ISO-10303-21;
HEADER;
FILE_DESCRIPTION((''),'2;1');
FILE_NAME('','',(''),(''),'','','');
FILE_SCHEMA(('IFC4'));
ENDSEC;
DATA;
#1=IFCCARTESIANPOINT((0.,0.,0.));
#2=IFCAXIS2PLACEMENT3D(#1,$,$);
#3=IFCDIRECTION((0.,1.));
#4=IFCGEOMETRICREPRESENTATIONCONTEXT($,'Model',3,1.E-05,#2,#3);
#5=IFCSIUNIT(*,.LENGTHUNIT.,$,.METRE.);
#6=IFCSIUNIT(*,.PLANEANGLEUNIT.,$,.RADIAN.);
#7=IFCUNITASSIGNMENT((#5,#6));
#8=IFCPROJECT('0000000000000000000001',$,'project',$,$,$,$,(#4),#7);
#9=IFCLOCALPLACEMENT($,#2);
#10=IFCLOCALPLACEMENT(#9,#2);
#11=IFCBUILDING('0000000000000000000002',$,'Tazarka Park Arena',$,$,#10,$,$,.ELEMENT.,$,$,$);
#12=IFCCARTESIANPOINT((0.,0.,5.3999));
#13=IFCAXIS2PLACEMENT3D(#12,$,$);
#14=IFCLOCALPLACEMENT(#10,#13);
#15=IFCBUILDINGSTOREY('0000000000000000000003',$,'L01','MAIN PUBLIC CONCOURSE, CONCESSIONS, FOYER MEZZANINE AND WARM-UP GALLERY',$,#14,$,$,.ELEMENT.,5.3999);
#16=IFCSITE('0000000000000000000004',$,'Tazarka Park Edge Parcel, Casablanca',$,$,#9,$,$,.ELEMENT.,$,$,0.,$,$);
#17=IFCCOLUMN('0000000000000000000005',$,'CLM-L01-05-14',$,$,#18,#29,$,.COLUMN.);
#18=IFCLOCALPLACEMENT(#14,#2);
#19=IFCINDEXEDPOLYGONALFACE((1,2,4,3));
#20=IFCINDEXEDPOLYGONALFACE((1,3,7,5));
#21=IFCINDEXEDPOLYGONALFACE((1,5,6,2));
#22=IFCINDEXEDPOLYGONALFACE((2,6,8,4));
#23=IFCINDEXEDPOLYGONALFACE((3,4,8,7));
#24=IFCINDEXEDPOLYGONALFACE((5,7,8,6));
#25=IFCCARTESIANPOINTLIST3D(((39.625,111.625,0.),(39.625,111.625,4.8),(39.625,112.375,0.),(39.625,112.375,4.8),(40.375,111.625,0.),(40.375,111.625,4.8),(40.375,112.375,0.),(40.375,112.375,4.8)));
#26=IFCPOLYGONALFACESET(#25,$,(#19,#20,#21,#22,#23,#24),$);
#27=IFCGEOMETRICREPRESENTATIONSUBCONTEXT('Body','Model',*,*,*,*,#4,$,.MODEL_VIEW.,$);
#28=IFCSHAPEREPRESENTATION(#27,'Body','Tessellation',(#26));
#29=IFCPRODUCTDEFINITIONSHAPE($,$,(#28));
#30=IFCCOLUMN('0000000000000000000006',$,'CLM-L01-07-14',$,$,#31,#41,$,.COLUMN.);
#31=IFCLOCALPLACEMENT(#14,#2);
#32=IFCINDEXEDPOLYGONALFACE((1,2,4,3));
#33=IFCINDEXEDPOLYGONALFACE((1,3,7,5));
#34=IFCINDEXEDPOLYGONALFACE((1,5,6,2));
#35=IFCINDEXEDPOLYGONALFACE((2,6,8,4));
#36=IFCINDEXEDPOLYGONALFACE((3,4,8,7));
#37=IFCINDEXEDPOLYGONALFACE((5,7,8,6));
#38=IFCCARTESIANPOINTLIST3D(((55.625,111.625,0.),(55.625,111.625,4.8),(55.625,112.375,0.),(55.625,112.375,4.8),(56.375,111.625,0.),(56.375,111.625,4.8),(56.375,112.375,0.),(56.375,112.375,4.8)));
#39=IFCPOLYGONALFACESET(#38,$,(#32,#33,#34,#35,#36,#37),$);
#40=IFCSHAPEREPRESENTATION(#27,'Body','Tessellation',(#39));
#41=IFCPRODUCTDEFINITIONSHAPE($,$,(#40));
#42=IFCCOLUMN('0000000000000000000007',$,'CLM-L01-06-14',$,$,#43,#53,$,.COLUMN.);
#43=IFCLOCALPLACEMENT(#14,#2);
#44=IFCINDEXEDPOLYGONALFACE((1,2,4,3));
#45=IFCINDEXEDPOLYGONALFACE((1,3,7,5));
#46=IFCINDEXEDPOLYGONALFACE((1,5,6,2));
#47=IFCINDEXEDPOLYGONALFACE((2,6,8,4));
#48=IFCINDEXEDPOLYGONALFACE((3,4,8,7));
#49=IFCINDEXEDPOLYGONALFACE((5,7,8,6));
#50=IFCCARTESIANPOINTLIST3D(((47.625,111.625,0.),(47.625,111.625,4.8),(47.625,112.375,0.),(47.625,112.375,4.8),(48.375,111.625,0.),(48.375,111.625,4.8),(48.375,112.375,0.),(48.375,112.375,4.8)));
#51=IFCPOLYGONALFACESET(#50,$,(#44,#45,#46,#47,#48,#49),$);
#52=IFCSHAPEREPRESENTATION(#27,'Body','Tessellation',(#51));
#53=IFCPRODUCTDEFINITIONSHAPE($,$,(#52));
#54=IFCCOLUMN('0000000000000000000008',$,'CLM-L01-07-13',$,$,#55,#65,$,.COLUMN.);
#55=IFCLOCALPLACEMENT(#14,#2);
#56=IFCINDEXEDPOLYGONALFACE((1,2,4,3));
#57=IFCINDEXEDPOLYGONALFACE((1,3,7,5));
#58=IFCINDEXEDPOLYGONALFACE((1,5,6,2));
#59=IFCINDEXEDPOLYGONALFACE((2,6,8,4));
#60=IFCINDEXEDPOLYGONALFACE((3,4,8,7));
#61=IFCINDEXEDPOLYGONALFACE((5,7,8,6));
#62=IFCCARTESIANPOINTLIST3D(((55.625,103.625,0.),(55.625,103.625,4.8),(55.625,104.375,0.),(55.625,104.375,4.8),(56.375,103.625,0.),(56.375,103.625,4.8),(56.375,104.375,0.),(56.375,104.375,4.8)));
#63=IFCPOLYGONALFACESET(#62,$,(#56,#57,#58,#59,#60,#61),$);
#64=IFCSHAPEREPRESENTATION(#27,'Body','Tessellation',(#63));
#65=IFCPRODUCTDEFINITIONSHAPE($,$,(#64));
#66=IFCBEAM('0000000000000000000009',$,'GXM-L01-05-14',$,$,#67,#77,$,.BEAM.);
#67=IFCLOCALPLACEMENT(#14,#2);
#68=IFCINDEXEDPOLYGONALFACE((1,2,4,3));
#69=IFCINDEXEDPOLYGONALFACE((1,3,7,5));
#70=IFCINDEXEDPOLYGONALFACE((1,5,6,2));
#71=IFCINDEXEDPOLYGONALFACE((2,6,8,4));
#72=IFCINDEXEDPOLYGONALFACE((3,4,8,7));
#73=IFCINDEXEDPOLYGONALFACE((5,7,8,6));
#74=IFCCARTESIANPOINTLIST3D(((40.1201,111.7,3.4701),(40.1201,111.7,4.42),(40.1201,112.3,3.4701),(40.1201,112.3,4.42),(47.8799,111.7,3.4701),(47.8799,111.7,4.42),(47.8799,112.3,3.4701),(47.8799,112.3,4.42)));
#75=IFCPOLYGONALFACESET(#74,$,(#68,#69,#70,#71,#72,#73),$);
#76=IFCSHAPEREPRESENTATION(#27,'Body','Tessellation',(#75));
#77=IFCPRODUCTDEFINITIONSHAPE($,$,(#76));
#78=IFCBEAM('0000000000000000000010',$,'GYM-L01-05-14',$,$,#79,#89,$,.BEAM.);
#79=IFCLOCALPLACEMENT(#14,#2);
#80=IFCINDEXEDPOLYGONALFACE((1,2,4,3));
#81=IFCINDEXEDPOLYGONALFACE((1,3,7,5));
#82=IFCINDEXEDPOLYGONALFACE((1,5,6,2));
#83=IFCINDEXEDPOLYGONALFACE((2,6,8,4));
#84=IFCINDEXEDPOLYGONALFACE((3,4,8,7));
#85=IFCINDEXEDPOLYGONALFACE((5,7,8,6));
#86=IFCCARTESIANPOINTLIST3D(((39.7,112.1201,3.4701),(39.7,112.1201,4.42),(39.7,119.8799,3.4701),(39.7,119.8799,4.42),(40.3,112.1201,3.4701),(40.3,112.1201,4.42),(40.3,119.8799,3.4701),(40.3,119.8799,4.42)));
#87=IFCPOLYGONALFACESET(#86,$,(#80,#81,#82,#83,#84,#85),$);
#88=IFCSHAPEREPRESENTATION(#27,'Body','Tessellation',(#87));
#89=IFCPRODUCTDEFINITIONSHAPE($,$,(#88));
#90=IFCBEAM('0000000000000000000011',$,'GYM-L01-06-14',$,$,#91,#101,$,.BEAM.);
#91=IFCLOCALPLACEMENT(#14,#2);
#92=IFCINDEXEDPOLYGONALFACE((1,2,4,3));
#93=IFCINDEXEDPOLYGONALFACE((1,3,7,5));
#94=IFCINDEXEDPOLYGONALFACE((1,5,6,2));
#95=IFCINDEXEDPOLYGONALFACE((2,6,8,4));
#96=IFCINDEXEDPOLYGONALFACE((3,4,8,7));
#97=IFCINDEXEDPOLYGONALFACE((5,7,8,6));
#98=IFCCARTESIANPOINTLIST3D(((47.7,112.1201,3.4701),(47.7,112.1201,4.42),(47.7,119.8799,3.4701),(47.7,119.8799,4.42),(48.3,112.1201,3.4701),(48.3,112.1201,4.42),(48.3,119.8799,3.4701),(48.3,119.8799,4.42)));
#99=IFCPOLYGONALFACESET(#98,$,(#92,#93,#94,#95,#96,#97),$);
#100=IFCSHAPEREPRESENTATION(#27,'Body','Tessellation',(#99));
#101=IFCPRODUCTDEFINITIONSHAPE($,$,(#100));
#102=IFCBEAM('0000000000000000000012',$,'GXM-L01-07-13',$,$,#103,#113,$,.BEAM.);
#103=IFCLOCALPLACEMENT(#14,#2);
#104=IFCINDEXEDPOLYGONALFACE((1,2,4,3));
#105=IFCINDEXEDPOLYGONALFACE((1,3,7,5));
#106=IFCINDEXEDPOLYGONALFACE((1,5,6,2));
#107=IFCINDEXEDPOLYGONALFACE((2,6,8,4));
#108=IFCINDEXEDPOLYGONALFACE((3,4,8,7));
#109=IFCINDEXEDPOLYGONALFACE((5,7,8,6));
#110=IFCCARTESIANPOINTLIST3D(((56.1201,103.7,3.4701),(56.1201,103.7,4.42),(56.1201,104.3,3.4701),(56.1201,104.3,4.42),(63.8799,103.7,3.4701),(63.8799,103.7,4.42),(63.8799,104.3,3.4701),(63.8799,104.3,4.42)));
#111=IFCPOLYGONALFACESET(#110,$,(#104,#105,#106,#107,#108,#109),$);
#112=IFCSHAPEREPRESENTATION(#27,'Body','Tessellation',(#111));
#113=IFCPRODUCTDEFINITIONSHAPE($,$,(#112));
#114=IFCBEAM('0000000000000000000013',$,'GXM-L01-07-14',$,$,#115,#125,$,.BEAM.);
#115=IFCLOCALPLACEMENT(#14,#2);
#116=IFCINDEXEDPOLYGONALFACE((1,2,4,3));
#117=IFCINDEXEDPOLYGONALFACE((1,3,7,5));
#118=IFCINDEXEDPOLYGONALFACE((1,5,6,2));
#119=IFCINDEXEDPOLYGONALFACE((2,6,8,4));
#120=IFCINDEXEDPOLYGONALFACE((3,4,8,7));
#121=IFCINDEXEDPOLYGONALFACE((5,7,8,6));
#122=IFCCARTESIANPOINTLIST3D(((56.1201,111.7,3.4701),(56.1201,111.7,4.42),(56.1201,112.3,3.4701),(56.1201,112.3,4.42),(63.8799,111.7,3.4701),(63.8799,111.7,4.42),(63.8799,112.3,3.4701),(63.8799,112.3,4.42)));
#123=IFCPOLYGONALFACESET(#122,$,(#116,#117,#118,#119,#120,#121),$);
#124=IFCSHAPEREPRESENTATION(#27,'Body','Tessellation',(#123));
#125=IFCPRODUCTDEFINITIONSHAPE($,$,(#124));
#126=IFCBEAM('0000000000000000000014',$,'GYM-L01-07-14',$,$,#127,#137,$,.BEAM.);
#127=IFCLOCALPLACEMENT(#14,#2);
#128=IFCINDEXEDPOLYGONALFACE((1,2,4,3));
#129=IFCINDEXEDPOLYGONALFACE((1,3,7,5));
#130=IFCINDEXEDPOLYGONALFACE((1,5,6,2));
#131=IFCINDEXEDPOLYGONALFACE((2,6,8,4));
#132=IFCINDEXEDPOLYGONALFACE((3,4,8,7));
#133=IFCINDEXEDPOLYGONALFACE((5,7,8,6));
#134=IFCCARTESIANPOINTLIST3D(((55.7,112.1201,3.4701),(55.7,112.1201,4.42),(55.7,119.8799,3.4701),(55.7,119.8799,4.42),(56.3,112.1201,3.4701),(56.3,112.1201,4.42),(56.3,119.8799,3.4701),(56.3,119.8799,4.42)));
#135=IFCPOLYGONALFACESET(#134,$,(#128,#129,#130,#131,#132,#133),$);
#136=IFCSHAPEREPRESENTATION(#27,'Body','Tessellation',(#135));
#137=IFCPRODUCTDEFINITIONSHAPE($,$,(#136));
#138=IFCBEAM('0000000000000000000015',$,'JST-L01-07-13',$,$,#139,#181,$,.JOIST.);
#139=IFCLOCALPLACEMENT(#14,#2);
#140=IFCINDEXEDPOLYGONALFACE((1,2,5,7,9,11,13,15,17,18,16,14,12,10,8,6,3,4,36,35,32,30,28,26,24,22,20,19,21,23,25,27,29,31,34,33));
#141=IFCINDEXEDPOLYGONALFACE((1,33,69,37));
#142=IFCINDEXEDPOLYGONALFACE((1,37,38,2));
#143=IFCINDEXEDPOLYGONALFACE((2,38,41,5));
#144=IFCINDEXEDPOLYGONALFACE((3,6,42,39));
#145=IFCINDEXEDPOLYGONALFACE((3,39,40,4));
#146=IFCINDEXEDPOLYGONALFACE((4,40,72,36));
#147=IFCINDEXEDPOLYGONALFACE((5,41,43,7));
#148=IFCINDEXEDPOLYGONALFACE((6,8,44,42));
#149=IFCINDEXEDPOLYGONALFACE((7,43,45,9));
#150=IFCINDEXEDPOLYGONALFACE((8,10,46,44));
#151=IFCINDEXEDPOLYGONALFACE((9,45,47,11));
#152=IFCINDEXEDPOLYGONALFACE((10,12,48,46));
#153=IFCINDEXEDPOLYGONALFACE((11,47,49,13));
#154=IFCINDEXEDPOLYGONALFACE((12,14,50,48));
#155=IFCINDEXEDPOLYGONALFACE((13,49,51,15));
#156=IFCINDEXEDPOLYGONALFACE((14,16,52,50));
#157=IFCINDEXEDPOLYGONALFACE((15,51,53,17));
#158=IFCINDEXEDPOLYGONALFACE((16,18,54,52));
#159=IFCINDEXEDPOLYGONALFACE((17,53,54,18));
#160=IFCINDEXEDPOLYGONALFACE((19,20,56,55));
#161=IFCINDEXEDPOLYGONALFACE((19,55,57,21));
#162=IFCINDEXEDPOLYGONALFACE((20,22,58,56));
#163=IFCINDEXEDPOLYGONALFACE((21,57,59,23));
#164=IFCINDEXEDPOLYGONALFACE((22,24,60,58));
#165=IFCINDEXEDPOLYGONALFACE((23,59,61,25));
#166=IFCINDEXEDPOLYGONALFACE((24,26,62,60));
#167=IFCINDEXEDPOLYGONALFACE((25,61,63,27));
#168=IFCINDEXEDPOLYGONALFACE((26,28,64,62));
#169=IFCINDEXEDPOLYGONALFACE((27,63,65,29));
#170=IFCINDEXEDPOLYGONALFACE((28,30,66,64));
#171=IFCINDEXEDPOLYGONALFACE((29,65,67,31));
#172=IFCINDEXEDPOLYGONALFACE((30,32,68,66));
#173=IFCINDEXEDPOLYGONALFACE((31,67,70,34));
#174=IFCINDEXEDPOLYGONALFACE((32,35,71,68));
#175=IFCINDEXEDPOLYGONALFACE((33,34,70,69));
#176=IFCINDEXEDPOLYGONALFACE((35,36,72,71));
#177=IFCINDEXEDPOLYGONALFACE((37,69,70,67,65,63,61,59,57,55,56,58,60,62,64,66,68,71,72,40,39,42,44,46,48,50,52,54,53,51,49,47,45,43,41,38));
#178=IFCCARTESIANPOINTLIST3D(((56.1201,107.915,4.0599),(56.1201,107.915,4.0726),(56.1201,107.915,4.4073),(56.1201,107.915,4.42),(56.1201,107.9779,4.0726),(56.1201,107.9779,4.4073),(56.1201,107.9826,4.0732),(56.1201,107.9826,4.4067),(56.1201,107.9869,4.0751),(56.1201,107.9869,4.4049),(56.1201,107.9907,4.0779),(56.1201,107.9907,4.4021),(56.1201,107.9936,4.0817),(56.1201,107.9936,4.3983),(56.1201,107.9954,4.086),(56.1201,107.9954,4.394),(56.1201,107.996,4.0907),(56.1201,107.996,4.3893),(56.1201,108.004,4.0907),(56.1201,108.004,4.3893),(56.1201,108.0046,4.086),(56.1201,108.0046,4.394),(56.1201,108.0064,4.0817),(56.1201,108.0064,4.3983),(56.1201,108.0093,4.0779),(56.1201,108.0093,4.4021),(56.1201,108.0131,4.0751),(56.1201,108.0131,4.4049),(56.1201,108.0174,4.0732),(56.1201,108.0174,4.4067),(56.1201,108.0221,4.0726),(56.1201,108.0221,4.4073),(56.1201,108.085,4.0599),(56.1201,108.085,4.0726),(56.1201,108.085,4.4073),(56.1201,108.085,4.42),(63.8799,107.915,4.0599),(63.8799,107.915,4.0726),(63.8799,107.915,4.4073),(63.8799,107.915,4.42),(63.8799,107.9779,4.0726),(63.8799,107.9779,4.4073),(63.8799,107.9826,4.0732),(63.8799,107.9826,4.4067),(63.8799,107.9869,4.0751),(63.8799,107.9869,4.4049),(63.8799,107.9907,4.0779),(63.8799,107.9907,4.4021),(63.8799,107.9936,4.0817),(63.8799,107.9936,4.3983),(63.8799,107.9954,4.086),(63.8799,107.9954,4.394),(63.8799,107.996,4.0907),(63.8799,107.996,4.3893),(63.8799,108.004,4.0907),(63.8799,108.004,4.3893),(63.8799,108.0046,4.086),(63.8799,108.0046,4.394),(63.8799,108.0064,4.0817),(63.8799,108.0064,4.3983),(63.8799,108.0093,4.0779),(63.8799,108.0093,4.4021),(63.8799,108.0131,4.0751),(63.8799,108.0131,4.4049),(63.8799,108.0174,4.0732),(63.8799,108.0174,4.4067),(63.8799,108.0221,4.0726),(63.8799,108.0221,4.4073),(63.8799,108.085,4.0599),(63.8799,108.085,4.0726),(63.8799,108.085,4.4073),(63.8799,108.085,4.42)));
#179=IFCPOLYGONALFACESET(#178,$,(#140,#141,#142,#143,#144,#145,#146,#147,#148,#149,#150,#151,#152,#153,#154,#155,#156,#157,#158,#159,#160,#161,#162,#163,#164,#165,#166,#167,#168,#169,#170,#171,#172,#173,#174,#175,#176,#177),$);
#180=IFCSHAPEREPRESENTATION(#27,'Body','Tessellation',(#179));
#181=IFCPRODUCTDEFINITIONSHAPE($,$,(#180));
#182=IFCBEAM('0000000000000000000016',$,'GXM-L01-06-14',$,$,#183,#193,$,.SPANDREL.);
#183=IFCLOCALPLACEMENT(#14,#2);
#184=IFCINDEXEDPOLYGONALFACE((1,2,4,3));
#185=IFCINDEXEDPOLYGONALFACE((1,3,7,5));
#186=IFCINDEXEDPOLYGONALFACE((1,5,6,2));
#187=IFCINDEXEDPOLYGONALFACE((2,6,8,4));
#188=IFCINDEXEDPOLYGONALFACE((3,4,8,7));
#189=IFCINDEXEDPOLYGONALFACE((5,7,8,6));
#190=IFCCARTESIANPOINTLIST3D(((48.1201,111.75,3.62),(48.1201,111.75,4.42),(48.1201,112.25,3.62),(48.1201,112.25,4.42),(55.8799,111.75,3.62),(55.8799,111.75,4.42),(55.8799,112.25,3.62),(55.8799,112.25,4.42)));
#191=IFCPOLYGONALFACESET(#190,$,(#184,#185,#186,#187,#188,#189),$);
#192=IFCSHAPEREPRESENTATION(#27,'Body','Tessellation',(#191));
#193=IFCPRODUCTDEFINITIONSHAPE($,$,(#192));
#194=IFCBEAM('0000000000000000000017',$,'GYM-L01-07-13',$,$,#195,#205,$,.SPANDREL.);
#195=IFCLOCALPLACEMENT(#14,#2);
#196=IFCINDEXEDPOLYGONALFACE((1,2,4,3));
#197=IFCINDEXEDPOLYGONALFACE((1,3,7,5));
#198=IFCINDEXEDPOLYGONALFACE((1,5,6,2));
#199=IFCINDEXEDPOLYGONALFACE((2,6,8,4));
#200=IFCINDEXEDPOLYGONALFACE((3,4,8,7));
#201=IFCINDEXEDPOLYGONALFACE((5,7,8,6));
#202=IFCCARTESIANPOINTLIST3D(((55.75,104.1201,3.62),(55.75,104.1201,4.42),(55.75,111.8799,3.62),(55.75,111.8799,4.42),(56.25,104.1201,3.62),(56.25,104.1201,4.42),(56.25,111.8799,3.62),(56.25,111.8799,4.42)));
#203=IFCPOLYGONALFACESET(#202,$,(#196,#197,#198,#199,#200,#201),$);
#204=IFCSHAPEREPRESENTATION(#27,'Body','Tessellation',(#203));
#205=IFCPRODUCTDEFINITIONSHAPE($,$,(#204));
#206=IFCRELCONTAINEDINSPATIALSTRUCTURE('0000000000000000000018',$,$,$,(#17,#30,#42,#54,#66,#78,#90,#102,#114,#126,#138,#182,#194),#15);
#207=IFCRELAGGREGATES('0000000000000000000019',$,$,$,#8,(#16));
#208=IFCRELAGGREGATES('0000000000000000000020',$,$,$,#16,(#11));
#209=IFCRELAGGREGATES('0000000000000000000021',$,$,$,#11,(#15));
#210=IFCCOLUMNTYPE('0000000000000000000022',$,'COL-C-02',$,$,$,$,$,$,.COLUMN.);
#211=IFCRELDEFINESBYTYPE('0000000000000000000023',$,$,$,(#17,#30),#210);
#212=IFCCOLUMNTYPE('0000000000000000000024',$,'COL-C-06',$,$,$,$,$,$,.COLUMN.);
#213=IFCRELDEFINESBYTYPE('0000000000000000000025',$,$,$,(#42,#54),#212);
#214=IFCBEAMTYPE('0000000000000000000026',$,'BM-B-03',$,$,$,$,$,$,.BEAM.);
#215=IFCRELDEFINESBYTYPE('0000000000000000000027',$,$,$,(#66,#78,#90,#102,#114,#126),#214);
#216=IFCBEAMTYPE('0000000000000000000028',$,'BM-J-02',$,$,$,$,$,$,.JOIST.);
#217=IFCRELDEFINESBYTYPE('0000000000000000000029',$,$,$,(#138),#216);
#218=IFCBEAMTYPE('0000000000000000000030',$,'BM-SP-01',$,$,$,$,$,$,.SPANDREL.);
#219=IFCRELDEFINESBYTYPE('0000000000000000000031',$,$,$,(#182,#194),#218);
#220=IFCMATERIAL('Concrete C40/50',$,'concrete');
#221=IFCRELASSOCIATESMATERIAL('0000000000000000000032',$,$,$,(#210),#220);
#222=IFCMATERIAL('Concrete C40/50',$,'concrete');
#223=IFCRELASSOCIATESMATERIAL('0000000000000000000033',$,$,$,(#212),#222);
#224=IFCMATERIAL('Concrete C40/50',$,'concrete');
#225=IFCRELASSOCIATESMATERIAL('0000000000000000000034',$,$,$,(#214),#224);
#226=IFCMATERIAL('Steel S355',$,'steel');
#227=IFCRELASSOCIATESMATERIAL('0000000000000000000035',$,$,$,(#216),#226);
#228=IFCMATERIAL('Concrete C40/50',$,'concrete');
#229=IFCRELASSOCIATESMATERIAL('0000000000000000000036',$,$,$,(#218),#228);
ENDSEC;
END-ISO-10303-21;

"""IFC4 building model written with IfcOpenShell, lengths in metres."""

from ifc_helpers import new_model, si_unit, direction, frame, origin, origin_2d, place, context, subcontext, project, spatial, rectangle, i_section, extrude, material, material_profile, profile_set, type_object, element, save


model = new_model("IFC4")

# Units and contexts
model_context = context("Model", 3, precision=1e-05, world=origin(), true_north=direction((0.0, 1.0)))
body_context = subcontext(model_context, "Body", "Model", "MODEL_VIEW")
ifc_project = project(units=[si_unit("LENGTHUNIT", "METRE"), si_unit("PLANEANGLEUNIT", "RADIAN")], contexts=[model_context])

# Site, building, storey
site_placement = place(None, origin())
site = spatial("IfcSite", under=ifc_project, at=site_placement, Name="Tazarka Park Edge Parcel, Casablanca", CompositionType="ELEMENT", RefElevation=0.0)
building_placement = place(site_placement, origin())
building = spatial("IfcBuilding", under=site, at=building_placement, Name="Tazarka Park Arena", CompositionType="ELEMENT")
storey_placement = place(building_placement, frame((0.0, 0.0, 5.3999)))
storey = spatial("IfcBuildingStorey", under=building, at=storey_placement, Name="L01", Description="MAIN PUBLIC CONCOURSE, CONCESSIONS, FOYER MEZZANINE AND WARM-UP GALLERY", CompositionType="ELEMENT", Elevation=5.3999)

# Columns
ifc_material_1 = material(Name="Concrete C40/50", Category="concrete")
ifc_material_profile_1 = material_profile(ifc_material_1, rectangle(XDim=0.75, YDim=0.75, at=origin_2d()), Name="Concrete C40/50")
ifc_profile_set_1 = profile_set([ifc_material_profile_1], Name="Concrete C40/50")
column_type_1 = type_object("IfcColumnType", Name="COL-C-02", PredefinedType="COLUMN", material=ifc_profile_set_1)
for number, where, z_axis, x_axis, name in (
    (1, (40.0, 112.0, 0.0), (0.0, 0.0, 1.0), (1.0, 0.0, 0.0), "CLM-L01-05-14"),
    (2, (56.0, 112.0, 0.0), (0.0, 0.0, 1.0), (1.0, 0.0, 0.0), "CLM-L01-07-14"),
):
    element("IfcColumn", number, at=place(storey_placement, frame(where, z_axis=z_axis, x_axis=x_axis)), inside=storey, type_object=column_type_1, Name=name, PredefinedType="COLUMN", context=body_context, shape_type="SweptSolid", body=[
        extrude(rectangle(XDim=0.75, YDim=0.75, at=origin_2d()), origin(), (0.0, 0.0, 1.0), 4.8),
    ])
ifc_material_2 = material(Name="Concrete C40/50", Category="concrete")
ifc_material_profile_2 = material_profile(ifc_material_2, rectangle(XDim=0.75, YDim=0.75, at=origin_2d()), Name="Concrete C40/50")
ifc_profile_set_2 = profile_set([ifc_material_profile_2], Name="Concrete C40/50")
column_type_2 = type_object("IfcColumnType", Name="COL-C-06", PredefinedType="COLUMN", material=ifc_profile_set_2)
for number, where, z_axis, x_axis, name in (
    (3, (48.0, 112.0, 0.0), (0.0, 0.0, 1.0), (1.0, 0.0, 0.0), "CLM-L01-06-14"),
    (4, (56.0, 104.0, 0.0), (0.0, 0.0, 1.0), (1.0, 0.0, 0.0), "CLM-L01-07-13"),
):
    element("IfcColumn", number, at=place(storey_placement, frame(where, z_axis=z_axis, x_axis=x_axis)), inside=storey, type_object=column_type_2, Name=name, PredefinedType="COLUMN", context=body_context, shape_type="SweptSolid", body=[
        extrude(rectangle(XDim=0.75, YDim=0.75, at=origin_2d()), origin(), (0.0, 0.0, 1.0), 4.8),
    ])

# Beams
ifc_material_3 = material(Name="Concrete C40/50", Category="concrete")
ifc_material_profile_3 = material_profile(ifc_material_3, rectangle(XDim=0.6001, YDim=0.95, at=origin_2d()), Name="Concrete C40/50")
ifc_profile_set_3 = profile_set([ifc_material_profile_3], Name="Concrete C40/50")
beam_type_1 = type_object("IfcBeamType", Name="BM-B-03", PredefinedType="BEAM", material=ifc_profile_set_3)
for number, where, z_axis, x_axis, name in (
    (5, (40.1201, 112.0, 3.9451), (1.0, 0.0, 0.0), (0.0, 1.0, 0.0), "GXM-L01-05-14"),
    (6, (40.0, 112.1201, 3.9451), (0.0, 1.0, 0.0), (-1.0, 0.0, 0.0), "GYM-L01-05-14"),
    (7, (48.0, 112.1201, 3.9451), (0.0, 1.0, 0.0), (-1.0, 0.0, 0.0), "GYM-L01-06-14"),
    (8, (56.1201, 104.0, 3.9451), (1.0, 0.0, 0.0), (0.0, 1.0, 0.0), "GXM-L01-07-13"),
    (9, (56.1201, 112.0, 3.9451), (1.0, 0.0, 0.0), (0.0, 1.0, 0.0), "GXM-L01-07-14"),
    (10, (56.0, 112.1201, 3.9451), (0.0, 1.0, 0.0), (-1.0, 0.0, 0.0), "GYM-L01-07-14"),
):
    element("IfcBeam", number, at=place(storey_placement, frame(where, z_axis=z_axis, x_axis=x_axis)), inside=storey, type_object=beam_type_1, Name=name, PredefinedType="BEAM", context=body_context, shape_type="SweptSolid", body=[
        extrude(rectangle(XDim=0.6001, YDim=0.95, at=origin_2d()), origin(), (0.0, 0.0, 1.0), 7.7598),
    ])
ifc_material_4 = material(Name="Steel S355", Category="steel")
ifc_material_profile_4 = material_profile(ifc_material_4, i_section(OverallWidth=0.1699, OverallDepth=0.3601, WebThickness=0.0081, FlangeThickness=0.0127, FilletRadius=0.0181, at=origin_2d()), Name="Steel S355")
ifc_profile_set_4 = profile_set([ifc_material_profile_4], Name="Steel S355")
beam_type_2 = type_object("IfcBeamType", Name="BM-J-02", PredefinedType="JOIST", material=ifc_profile_set_4)
beam_placement = place(storey_placement, frame((56.1201, 108.0, 4.24), z_axis=(1.0, 0.0, 0.0), x_axis=(0.0, 1.0, 0.0)))
element("IfcBeam", 11, at=beam_placement, inside=storey, type_object=beam_type_2, Name="JST-L01-07-13", PredefinedType="JOIST", context=body_context, shape_type="SweptSolid", body=[
    extrude(i_section(OverallWidth=0.1699, OverallDepth=0.3601, WebThickness=0.0081, FlangeThickness=0.0127, FilletRadius=0.0181, at=origin_2d()), origin(), (0.0, 0.0, 1.0), 7.7598),
])
ifc_material_5 = material(Name="Concrete C40/50", Category="concrete")
ifc_material_profile_5 = material_profile(ifc_material_5, rectangle(XDim=0.5, YDim=0.8, at=origin_2d()), Name="Concrete C40/50")
ifc_profile_set_5 = profile_set([ifc_material_profile_5], Name="Concrete C40/50")
beam_type_3 = type_object("IfcBeamType", Name="BM-SP-01", PredefinedType="SPANDREL", material=ifc_profile_set_5)
for number, where, z_axis, x_axis, name in (
    (12, (48.1201, 112.0, 4.02), (1.0, 0.0, 0.0), (0.0, 1.0, 0.0), "GXM-L01-06-14"),
    (13, (56.0, 104.1201, 4.02), (0.0, 1.0, 0.0), (-1.0, 0.0, 0.0), "GYM-L01-07-13"),
):
    element("IfcBeam", number, at=place(storey_placement, frame(where, z_axis=z_axis, x_axis=x_axis)), inside=storey, type_object=beam_type_3, Name=name, PredefinedType="SPANDREL", context=body_context, shape_type="SweptSolid", body=[
        extrude(rectangle(XDim=0.5, YDim=0.8, at=origin_2d()), origin(), (0.0, 0.0, 1.0), 7.7598),
    ])

save(model, "model.ifc")
